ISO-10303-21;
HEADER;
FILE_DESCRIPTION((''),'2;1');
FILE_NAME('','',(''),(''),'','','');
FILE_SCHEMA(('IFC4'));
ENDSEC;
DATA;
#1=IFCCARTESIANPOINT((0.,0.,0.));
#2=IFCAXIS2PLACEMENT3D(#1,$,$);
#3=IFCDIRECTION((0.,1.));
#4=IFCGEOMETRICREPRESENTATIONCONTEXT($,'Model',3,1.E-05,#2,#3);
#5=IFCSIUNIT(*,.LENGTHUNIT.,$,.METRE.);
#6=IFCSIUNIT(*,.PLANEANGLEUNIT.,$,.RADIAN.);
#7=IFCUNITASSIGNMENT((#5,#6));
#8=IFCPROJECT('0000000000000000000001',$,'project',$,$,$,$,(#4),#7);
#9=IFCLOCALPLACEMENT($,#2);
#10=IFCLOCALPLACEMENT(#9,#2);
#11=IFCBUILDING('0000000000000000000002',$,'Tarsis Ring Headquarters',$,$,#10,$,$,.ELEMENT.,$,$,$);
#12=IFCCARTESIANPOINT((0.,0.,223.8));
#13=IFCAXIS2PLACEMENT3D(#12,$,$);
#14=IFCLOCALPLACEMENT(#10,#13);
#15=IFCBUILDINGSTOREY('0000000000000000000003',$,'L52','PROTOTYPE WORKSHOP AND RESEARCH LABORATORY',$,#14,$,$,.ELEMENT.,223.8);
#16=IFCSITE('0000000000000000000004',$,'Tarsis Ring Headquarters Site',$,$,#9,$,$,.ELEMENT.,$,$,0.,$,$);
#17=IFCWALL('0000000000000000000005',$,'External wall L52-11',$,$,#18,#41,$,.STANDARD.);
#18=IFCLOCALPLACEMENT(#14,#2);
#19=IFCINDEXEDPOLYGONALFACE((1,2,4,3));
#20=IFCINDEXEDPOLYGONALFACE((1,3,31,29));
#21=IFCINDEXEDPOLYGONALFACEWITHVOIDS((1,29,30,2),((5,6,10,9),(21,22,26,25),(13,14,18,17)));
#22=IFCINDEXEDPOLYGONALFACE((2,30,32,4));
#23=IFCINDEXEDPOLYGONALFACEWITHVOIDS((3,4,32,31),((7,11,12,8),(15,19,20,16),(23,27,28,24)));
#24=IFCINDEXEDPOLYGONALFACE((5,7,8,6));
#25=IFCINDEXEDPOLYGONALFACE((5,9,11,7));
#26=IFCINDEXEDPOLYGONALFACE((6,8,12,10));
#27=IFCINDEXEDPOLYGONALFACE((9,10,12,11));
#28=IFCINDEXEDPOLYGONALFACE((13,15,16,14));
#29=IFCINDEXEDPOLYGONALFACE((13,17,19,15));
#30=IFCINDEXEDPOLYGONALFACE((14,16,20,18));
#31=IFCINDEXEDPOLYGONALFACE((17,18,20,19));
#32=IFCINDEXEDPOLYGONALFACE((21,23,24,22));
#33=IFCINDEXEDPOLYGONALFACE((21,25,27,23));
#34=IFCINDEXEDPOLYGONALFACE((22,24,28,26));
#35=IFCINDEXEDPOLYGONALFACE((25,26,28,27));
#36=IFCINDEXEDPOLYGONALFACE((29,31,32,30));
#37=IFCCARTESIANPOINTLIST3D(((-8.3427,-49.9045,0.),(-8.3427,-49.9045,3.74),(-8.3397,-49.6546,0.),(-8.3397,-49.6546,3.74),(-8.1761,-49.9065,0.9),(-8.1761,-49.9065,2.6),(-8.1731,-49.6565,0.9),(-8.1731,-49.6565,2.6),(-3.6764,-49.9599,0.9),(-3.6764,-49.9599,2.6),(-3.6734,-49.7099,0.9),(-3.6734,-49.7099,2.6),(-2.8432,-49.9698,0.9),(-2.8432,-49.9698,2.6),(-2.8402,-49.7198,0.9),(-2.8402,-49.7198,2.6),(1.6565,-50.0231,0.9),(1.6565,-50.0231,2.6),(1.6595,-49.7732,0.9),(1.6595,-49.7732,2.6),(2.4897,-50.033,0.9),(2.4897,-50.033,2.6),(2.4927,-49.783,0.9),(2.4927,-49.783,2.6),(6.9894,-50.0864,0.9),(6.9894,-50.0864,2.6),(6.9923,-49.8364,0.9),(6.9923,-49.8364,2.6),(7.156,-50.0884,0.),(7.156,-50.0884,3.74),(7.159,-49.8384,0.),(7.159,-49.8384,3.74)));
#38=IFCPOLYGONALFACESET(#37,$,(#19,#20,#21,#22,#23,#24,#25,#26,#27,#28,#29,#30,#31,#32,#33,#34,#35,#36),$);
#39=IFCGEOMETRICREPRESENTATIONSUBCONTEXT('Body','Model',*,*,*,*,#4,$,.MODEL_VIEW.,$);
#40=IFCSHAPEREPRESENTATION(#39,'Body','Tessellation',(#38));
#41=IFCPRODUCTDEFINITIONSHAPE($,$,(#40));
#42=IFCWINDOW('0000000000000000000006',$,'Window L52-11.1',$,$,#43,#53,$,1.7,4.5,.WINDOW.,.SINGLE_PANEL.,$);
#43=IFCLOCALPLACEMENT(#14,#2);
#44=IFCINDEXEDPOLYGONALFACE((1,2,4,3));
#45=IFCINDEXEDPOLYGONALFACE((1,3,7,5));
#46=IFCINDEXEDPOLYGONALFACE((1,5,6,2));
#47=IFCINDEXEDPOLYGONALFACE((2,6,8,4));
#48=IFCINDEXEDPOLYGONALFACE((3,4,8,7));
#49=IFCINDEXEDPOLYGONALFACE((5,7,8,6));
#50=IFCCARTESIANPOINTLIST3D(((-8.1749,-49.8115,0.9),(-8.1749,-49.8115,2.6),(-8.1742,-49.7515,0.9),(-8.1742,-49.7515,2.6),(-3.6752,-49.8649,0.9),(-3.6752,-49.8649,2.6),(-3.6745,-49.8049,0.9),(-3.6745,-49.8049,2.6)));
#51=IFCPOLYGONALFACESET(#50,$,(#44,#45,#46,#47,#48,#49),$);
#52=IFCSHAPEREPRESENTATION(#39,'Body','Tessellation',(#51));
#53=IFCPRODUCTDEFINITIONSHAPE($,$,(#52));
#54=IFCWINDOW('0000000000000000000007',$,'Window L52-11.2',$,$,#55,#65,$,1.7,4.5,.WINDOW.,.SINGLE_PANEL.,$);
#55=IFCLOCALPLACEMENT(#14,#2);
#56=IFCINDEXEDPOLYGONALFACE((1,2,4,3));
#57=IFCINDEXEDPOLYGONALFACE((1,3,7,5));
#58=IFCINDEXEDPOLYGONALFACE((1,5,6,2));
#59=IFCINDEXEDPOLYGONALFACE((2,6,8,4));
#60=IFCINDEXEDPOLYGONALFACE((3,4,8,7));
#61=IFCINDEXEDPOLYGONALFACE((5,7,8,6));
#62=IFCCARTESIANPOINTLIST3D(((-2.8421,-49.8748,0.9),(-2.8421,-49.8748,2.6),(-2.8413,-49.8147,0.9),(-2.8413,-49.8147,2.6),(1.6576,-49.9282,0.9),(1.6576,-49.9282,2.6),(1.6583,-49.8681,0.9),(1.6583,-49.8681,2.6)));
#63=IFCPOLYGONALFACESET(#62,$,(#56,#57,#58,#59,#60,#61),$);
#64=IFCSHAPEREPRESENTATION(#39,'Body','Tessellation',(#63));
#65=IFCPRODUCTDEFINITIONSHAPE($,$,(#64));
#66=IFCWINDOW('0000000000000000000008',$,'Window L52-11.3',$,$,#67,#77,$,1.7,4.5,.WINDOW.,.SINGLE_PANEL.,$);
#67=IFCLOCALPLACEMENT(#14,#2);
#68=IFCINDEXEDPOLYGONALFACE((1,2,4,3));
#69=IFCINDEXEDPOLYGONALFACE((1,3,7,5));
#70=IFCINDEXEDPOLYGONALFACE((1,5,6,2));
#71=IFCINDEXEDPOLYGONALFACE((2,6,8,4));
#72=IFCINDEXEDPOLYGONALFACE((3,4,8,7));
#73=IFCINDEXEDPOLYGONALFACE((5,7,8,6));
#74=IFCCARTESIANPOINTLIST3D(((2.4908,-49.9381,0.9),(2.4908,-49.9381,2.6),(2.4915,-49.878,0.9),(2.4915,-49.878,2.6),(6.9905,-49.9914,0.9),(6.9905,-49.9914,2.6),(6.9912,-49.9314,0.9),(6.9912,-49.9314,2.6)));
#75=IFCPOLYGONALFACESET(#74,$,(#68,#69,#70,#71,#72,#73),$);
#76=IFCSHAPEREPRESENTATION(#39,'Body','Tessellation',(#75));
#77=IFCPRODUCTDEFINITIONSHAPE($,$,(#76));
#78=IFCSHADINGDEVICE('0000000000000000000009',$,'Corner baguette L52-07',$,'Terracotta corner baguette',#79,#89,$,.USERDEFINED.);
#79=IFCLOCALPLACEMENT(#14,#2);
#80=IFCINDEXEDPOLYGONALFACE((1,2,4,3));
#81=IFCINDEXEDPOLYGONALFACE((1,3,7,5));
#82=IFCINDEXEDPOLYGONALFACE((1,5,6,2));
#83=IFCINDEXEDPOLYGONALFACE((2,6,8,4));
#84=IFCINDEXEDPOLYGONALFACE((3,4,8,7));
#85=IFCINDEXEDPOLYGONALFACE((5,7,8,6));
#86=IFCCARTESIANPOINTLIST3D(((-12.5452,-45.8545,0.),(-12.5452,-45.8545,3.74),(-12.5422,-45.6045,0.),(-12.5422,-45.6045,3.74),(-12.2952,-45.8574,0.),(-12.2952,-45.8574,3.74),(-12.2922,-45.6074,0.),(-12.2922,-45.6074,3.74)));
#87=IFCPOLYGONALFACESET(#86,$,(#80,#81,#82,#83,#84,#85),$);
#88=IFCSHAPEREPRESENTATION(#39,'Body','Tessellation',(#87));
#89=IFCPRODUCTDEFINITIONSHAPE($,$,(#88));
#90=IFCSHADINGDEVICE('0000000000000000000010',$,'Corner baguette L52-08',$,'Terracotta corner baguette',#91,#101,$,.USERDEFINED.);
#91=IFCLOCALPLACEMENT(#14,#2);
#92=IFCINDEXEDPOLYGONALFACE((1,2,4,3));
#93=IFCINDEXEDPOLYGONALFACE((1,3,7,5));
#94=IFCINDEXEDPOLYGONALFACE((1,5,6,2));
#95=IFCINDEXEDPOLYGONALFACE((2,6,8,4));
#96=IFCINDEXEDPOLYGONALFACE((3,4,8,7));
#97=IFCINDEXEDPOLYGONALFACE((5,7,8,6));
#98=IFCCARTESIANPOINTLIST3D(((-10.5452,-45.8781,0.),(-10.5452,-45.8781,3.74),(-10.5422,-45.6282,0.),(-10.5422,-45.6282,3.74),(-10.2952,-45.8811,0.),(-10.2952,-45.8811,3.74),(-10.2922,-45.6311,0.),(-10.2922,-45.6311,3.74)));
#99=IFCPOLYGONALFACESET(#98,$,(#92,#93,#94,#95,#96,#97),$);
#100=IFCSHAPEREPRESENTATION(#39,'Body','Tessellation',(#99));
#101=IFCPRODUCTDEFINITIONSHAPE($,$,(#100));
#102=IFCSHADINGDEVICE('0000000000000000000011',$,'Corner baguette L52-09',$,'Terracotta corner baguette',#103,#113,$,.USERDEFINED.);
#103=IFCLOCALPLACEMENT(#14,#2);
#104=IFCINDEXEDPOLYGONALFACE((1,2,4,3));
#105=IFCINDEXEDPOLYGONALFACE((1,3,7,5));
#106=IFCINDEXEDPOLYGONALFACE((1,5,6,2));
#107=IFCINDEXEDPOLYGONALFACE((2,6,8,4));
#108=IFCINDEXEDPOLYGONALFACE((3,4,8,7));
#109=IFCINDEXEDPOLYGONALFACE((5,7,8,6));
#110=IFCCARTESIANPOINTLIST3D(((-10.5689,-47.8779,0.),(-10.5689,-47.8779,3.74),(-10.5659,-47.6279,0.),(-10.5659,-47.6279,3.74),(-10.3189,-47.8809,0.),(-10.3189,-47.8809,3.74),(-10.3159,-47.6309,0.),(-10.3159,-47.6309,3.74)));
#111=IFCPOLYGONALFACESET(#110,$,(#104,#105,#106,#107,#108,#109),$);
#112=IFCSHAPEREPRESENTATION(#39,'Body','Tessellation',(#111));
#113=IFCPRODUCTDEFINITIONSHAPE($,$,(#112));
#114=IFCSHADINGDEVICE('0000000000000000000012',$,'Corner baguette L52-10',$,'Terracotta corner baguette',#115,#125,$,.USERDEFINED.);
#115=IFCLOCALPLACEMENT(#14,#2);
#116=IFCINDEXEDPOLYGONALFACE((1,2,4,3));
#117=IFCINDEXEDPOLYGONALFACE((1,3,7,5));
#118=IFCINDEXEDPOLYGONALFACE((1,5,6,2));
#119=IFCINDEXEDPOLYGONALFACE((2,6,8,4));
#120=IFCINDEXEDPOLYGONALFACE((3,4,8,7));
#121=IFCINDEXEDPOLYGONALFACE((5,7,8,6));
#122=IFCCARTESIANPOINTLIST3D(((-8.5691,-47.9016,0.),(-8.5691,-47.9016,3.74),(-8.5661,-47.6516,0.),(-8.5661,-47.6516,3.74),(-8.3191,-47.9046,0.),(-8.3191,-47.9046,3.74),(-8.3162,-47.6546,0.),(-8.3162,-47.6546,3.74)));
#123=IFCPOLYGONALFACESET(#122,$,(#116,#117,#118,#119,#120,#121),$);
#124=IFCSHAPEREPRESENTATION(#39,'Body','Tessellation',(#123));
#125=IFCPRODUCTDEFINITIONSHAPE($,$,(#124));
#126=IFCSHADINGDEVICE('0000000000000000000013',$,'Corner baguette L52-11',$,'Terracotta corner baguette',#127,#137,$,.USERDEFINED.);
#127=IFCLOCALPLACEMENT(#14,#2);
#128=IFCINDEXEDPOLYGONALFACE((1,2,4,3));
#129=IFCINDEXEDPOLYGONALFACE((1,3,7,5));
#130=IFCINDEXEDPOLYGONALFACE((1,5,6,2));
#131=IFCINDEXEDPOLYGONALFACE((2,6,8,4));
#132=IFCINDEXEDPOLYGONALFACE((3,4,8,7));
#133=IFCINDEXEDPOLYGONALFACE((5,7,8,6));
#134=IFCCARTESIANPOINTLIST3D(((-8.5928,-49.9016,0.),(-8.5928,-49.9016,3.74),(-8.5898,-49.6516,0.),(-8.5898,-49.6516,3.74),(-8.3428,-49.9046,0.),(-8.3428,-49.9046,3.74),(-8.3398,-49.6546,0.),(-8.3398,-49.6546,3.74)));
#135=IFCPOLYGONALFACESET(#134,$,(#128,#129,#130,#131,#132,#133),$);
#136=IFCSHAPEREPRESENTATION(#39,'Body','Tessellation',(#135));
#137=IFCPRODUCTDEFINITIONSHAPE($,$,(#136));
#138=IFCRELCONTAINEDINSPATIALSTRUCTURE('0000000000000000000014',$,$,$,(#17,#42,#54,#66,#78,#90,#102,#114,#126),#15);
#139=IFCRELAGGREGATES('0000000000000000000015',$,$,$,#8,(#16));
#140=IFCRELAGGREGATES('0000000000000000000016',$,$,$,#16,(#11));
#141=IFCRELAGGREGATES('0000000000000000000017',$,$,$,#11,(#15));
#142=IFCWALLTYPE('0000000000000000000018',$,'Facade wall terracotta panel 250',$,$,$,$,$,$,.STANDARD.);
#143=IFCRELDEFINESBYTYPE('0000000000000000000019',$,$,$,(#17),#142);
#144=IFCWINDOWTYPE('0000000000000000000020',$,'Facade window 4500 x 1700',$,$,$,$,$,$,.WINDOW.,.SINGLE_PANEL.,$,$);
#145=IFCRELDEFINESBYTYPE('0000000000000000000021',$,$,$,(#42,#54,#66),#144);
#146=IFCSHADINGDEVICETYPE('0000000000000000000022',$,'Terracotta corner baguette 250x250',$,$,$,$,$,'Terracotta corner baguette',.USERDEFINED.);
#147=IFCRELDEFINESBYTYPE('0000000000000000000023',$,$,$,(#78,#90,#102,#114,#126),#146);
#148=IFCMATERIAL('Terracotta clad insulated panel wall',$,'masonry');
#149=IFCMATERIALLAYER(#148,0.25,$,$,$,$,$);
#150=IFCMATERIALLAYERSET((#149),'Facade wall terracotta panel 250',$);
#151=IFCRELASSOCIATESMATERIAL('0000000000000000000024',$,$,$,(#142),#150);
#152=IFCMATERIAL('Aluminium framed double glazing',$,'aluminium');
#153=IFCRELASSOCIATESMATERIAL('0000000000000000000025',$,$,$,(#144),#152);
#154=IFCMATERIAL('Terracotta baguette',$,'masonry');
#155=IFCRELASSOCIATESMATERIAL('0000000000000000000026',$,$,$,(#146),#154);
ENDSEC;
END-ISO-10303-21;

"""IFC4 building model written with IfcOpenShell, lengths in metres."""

from ifc_helpers import new_model, si_unit, direction, frame, frame_2d, origin, origin_2d, place, context, subcontext, project, spatial, rectangle, extrude, material, layer, layer_set, type_object, element, fill, save


model = new_model("IFC4")

# Units and contexts
model_context = context("Model", 3, precision=1e-05, world=origin(), true_north=direction((0.0, 1.0)))
body_context = subcontext(model_context, "Body", "Model", "MODEL_VIEW")
ifc_project = project(units=[si_unit("LENGTHUNIT", "METRE"), si_unit("PLANEANGLEUNIT", "RADIAN")], contexts=[model_context])

# Site, building, storey
site_placement = place(None, origin())
site = spatial("IfcSite", under=ifc_project, at=site_placement, Name="Tarsis Ring Headquarters Site", CompositionType="ELEMENT", RefElevation=0.0)
building_placement = place(site_placement, origin())
building = spatial("IfcBuilding", under=site, at=building_placement, Name="Tarsis Ring Headquarters", CompositionType="ELEMENT")
storey_placement = place(building_placement, frame((0.0, 0.0, 223.8)))
storey = spatial("IfcBuildingStorey", under=building, at=storey_placement, Name="L52", Description="PROTOTYPE WORKSHOP AND RESEARCH LABORATORY", CompositionType="ELEMENT", Elevation=223.8)

# Shared definitions
ifc_material_1 = material(Name="Terracotta clad insulated panel wall", Category="masonry")
ifc_layer_1 = layer(ifc_material_1, 0.25)
ifc_layer_set_1 = layer_set([ifc_layer_1], Name="Facade wall terracotta panel 250")
wall_type_1 = type_object("IfcWallType", Name="Facade wall terracotta panel 250", PredefinedType="STANDARD", material=ifc_layer_set_1)

# Wall, openings, windows
wall_1_placement = place(storey_placement, frame((-8.3413, -49.7795, 0.0), z_axis=(0.0, 0.0, 1.0), x_axis=(0.99993, -0.011861, 0.0)))
wall_1 = element("IfcWall", 1, at=wall_1_placement, inside=storey, type_object=wall_type_1, Name="External wall L52-11", PredefinedType="STANDARD", context=body_context, shape_type="SweptSolid", body=[
    extrude(rectangle(XDim=15.4998, YDim=0.25, at=frame_2d((7.75, 0.0))), origin(), (0.0, 0.0, 1.0), 3.74),
])
opening_1_placement = place(wall_1_placement, frame((0.1667, 0.0, 0.8999)))
opening_1 = element("IfcOpeningElement", 2, at=opening_1_placement, cuts=wall_1, PredefinedType="OPENING", context=body_context, shape_type="SweptSolid", body=[
    extrude(rectangle(XDim=4.5, YDim=1.7, at=frame_2d((2.25, 0.8501))), frame((0.0, 0.135, 0.0), z_axis=(0.0, -1.0, 0.0), x_axis=(1.0, 0.0, 0.0)), (0.0, 0.0, 1.0), 0.27),
])
opening_2_placement = place(wall_1_placement, frame((5.5, 0.0, 0.8999)))
opening_2 = element("IfcOpeningElement", 3, at=opening_2_placement, cuts=wall_1, PredefinedType="OPENING", context=body_context, shape_type="SweptSolid", body=[
    extrude(rectangle(XDim=4.5, YDim=1.7, at=frame_2d((2.25, 0.8501))), frame((0.0, 0.135, 0.0), z_axis=(0.0, -1.0, 0.0), x_axis=(1.0, 0.0, 0.0)), (0.0, 0.0, 1.0), 0.27),
])
opening_3_placement = place(wall_1_placement, frame((10.8333, 0.0, 0.8999)))
opening_3 = element("IfcOpeningElement", 4, at=opening_3_placement, cuts=wall_1, PredefinedType="OPENING", context=body_context, shape_type="SweptSolid", body=[
    extrude(rectangle(XDim=4.5, YDim=1.7, at=frame_2d((2.25, 0.8501))), frame((0.0, 0.135, 0.0), z_axis=(0.0, -1.0, 0.0), x_axis=(1.0, 0.0, 0.0)), (0.0, 0.0, 1.0), 0.27),
])
ifc_material_2 = material(Name="Aluminium framed double glazing", Category="aluminium")
window_type = type_object("IfcWindowType", Name="Facade window 4500 x 1700", PartitioningType="SINGLE_PANEL", PredefinedType="WINDOW", material=ifc_material_2)
window_1_placement = place(opening_1_placement, origin())
window_1 = element("IfcWindow", 5, at=window_1_placement, inside=storey, type_object=window_type, Name="Window L52-11.1", OverallHeight=1.7, OverallWidth=4.5, PartitioningType="SINGLE_PANEL", PredefinedType="WINDOW", context=body_context, shape_type="SweptSolid", body=[
    extrude(rectangle(XDim=4.5, YDim=1.7, at=frame_2d((2.25, 0.8501))), frame((0.0, 0.03, 0.0), z_axis=(0.0, -1.0, 0.0), x_axis=(1.0, 0.0, 0.0)), (0.0, 0.0, 1.0), 0.0601),
])
fill(opening_1, window_1)
window_2_placement = place(opening_2_placement, origin())
window_2 = element("IfcWindow", 6, at=window_2_placement, inside=storey, type_object=window_type, Name="Window L52-11.2", OverallHeight=1.7, OverallWidth=4.5, PartitioningType="SINGLE_PANEL", PredefinedType="WINDOW", context=body_context, shape_type="SweptSolid", body=[
    extrude(rectangle(XDim=4.5, YDim=1.7, at=frame_2d((2.25, 0.8501))), frame((0.0, 0.03, 0.0), z_axis=(0.0, -1.0, 0.0), x_axis=(1.0, 0.0, 0.0)), (0.0, 0.0, 1.0), 0.0601),
])
fill(opening_2, window_2)
window_3_placement = place(opening_3_placement, origin())
window_3 = element("IfcWindow", 7, at=window_3_placement, inside=storey, type_object=window_type, Name="Window L52-11.3", OverallHeight=1.7, OverallWidth=4.5, PartitioningType="SINGLE_PANEL", PredefinedType="WINDOW", context=body_context, shape_type="SweptSolid", body=[
    extrude(rectangle(XDim=4.5, YDim=1.7, at=frame_2d((2.25, 0.8501))), frame((0.0, 0.03, 0.0), z_axis=(0.0, -1.0, 0.0), x_axis=(1.0, 0.0, 0.0)), (0.0, 0.0, 1.0), 0.0601),
])
fill(opening_3, window_3)

# Shading devices
ifc_material_3 = material(Name="Terracotta baguette", Category="masonry")
shading_device_type_1 = type_object("IfcShadingDeviceType", Name="Terracotta corner baguette 250x250", ElementType="Terracotta corner baguette", PredefinedType="USERDEFINED", material=ifc_material_3)
for number, where, z_axis, x_axis, name in (
    (8, (-12.4187, -45.731, 0.0), (0.0, 0.0, 1.0), (-0.011868, -0.99993, 0.0), "Corner baguette L52-07"),
    (9, (-10.4187, -45.7546, 0.0), (0.0, 0.0, 1.0), (0.99993, -0.011868, 0.0), "Corner baguette L52-08"),
    (10, (-10.4424, -47.7544, 0.0), (0.0, 0.0, 1.0), (-0.011868, -0.99993, 0.0), "Corner baguette L52-09"),
    (11, (-8.4426, -47.7781, 0.0), (0.0, 0.0, 1.0), (0.99993, -0.011869, 0.0), "Corner baguette L52-10"),
    (12, (-8.4663, -49.7781, 0.0), (0.0, 0.0, 1.0), (-0.011868, -0.99993, 0.0), "Corner baguette L52-11"),
):
    element("IfcShadingDevice", number, at=place(storey_placement, frame(where, z_axis=z_axis, x_axis=x_axis)), inside=storey, type_object=shading_device_type_1, Name=name, ObjectType="Terracotta corner baguette", PredefinedType="USERDEFINED", context=body_context, shape_type="SweptSolid", body=[
        extrude(rectangle(XDim=0.25, YDim=0.25, at=origin_2d()), origin(), (0.0, 0.0, 1.0), 3.74),
    ])

save(model, "model.ifc")
